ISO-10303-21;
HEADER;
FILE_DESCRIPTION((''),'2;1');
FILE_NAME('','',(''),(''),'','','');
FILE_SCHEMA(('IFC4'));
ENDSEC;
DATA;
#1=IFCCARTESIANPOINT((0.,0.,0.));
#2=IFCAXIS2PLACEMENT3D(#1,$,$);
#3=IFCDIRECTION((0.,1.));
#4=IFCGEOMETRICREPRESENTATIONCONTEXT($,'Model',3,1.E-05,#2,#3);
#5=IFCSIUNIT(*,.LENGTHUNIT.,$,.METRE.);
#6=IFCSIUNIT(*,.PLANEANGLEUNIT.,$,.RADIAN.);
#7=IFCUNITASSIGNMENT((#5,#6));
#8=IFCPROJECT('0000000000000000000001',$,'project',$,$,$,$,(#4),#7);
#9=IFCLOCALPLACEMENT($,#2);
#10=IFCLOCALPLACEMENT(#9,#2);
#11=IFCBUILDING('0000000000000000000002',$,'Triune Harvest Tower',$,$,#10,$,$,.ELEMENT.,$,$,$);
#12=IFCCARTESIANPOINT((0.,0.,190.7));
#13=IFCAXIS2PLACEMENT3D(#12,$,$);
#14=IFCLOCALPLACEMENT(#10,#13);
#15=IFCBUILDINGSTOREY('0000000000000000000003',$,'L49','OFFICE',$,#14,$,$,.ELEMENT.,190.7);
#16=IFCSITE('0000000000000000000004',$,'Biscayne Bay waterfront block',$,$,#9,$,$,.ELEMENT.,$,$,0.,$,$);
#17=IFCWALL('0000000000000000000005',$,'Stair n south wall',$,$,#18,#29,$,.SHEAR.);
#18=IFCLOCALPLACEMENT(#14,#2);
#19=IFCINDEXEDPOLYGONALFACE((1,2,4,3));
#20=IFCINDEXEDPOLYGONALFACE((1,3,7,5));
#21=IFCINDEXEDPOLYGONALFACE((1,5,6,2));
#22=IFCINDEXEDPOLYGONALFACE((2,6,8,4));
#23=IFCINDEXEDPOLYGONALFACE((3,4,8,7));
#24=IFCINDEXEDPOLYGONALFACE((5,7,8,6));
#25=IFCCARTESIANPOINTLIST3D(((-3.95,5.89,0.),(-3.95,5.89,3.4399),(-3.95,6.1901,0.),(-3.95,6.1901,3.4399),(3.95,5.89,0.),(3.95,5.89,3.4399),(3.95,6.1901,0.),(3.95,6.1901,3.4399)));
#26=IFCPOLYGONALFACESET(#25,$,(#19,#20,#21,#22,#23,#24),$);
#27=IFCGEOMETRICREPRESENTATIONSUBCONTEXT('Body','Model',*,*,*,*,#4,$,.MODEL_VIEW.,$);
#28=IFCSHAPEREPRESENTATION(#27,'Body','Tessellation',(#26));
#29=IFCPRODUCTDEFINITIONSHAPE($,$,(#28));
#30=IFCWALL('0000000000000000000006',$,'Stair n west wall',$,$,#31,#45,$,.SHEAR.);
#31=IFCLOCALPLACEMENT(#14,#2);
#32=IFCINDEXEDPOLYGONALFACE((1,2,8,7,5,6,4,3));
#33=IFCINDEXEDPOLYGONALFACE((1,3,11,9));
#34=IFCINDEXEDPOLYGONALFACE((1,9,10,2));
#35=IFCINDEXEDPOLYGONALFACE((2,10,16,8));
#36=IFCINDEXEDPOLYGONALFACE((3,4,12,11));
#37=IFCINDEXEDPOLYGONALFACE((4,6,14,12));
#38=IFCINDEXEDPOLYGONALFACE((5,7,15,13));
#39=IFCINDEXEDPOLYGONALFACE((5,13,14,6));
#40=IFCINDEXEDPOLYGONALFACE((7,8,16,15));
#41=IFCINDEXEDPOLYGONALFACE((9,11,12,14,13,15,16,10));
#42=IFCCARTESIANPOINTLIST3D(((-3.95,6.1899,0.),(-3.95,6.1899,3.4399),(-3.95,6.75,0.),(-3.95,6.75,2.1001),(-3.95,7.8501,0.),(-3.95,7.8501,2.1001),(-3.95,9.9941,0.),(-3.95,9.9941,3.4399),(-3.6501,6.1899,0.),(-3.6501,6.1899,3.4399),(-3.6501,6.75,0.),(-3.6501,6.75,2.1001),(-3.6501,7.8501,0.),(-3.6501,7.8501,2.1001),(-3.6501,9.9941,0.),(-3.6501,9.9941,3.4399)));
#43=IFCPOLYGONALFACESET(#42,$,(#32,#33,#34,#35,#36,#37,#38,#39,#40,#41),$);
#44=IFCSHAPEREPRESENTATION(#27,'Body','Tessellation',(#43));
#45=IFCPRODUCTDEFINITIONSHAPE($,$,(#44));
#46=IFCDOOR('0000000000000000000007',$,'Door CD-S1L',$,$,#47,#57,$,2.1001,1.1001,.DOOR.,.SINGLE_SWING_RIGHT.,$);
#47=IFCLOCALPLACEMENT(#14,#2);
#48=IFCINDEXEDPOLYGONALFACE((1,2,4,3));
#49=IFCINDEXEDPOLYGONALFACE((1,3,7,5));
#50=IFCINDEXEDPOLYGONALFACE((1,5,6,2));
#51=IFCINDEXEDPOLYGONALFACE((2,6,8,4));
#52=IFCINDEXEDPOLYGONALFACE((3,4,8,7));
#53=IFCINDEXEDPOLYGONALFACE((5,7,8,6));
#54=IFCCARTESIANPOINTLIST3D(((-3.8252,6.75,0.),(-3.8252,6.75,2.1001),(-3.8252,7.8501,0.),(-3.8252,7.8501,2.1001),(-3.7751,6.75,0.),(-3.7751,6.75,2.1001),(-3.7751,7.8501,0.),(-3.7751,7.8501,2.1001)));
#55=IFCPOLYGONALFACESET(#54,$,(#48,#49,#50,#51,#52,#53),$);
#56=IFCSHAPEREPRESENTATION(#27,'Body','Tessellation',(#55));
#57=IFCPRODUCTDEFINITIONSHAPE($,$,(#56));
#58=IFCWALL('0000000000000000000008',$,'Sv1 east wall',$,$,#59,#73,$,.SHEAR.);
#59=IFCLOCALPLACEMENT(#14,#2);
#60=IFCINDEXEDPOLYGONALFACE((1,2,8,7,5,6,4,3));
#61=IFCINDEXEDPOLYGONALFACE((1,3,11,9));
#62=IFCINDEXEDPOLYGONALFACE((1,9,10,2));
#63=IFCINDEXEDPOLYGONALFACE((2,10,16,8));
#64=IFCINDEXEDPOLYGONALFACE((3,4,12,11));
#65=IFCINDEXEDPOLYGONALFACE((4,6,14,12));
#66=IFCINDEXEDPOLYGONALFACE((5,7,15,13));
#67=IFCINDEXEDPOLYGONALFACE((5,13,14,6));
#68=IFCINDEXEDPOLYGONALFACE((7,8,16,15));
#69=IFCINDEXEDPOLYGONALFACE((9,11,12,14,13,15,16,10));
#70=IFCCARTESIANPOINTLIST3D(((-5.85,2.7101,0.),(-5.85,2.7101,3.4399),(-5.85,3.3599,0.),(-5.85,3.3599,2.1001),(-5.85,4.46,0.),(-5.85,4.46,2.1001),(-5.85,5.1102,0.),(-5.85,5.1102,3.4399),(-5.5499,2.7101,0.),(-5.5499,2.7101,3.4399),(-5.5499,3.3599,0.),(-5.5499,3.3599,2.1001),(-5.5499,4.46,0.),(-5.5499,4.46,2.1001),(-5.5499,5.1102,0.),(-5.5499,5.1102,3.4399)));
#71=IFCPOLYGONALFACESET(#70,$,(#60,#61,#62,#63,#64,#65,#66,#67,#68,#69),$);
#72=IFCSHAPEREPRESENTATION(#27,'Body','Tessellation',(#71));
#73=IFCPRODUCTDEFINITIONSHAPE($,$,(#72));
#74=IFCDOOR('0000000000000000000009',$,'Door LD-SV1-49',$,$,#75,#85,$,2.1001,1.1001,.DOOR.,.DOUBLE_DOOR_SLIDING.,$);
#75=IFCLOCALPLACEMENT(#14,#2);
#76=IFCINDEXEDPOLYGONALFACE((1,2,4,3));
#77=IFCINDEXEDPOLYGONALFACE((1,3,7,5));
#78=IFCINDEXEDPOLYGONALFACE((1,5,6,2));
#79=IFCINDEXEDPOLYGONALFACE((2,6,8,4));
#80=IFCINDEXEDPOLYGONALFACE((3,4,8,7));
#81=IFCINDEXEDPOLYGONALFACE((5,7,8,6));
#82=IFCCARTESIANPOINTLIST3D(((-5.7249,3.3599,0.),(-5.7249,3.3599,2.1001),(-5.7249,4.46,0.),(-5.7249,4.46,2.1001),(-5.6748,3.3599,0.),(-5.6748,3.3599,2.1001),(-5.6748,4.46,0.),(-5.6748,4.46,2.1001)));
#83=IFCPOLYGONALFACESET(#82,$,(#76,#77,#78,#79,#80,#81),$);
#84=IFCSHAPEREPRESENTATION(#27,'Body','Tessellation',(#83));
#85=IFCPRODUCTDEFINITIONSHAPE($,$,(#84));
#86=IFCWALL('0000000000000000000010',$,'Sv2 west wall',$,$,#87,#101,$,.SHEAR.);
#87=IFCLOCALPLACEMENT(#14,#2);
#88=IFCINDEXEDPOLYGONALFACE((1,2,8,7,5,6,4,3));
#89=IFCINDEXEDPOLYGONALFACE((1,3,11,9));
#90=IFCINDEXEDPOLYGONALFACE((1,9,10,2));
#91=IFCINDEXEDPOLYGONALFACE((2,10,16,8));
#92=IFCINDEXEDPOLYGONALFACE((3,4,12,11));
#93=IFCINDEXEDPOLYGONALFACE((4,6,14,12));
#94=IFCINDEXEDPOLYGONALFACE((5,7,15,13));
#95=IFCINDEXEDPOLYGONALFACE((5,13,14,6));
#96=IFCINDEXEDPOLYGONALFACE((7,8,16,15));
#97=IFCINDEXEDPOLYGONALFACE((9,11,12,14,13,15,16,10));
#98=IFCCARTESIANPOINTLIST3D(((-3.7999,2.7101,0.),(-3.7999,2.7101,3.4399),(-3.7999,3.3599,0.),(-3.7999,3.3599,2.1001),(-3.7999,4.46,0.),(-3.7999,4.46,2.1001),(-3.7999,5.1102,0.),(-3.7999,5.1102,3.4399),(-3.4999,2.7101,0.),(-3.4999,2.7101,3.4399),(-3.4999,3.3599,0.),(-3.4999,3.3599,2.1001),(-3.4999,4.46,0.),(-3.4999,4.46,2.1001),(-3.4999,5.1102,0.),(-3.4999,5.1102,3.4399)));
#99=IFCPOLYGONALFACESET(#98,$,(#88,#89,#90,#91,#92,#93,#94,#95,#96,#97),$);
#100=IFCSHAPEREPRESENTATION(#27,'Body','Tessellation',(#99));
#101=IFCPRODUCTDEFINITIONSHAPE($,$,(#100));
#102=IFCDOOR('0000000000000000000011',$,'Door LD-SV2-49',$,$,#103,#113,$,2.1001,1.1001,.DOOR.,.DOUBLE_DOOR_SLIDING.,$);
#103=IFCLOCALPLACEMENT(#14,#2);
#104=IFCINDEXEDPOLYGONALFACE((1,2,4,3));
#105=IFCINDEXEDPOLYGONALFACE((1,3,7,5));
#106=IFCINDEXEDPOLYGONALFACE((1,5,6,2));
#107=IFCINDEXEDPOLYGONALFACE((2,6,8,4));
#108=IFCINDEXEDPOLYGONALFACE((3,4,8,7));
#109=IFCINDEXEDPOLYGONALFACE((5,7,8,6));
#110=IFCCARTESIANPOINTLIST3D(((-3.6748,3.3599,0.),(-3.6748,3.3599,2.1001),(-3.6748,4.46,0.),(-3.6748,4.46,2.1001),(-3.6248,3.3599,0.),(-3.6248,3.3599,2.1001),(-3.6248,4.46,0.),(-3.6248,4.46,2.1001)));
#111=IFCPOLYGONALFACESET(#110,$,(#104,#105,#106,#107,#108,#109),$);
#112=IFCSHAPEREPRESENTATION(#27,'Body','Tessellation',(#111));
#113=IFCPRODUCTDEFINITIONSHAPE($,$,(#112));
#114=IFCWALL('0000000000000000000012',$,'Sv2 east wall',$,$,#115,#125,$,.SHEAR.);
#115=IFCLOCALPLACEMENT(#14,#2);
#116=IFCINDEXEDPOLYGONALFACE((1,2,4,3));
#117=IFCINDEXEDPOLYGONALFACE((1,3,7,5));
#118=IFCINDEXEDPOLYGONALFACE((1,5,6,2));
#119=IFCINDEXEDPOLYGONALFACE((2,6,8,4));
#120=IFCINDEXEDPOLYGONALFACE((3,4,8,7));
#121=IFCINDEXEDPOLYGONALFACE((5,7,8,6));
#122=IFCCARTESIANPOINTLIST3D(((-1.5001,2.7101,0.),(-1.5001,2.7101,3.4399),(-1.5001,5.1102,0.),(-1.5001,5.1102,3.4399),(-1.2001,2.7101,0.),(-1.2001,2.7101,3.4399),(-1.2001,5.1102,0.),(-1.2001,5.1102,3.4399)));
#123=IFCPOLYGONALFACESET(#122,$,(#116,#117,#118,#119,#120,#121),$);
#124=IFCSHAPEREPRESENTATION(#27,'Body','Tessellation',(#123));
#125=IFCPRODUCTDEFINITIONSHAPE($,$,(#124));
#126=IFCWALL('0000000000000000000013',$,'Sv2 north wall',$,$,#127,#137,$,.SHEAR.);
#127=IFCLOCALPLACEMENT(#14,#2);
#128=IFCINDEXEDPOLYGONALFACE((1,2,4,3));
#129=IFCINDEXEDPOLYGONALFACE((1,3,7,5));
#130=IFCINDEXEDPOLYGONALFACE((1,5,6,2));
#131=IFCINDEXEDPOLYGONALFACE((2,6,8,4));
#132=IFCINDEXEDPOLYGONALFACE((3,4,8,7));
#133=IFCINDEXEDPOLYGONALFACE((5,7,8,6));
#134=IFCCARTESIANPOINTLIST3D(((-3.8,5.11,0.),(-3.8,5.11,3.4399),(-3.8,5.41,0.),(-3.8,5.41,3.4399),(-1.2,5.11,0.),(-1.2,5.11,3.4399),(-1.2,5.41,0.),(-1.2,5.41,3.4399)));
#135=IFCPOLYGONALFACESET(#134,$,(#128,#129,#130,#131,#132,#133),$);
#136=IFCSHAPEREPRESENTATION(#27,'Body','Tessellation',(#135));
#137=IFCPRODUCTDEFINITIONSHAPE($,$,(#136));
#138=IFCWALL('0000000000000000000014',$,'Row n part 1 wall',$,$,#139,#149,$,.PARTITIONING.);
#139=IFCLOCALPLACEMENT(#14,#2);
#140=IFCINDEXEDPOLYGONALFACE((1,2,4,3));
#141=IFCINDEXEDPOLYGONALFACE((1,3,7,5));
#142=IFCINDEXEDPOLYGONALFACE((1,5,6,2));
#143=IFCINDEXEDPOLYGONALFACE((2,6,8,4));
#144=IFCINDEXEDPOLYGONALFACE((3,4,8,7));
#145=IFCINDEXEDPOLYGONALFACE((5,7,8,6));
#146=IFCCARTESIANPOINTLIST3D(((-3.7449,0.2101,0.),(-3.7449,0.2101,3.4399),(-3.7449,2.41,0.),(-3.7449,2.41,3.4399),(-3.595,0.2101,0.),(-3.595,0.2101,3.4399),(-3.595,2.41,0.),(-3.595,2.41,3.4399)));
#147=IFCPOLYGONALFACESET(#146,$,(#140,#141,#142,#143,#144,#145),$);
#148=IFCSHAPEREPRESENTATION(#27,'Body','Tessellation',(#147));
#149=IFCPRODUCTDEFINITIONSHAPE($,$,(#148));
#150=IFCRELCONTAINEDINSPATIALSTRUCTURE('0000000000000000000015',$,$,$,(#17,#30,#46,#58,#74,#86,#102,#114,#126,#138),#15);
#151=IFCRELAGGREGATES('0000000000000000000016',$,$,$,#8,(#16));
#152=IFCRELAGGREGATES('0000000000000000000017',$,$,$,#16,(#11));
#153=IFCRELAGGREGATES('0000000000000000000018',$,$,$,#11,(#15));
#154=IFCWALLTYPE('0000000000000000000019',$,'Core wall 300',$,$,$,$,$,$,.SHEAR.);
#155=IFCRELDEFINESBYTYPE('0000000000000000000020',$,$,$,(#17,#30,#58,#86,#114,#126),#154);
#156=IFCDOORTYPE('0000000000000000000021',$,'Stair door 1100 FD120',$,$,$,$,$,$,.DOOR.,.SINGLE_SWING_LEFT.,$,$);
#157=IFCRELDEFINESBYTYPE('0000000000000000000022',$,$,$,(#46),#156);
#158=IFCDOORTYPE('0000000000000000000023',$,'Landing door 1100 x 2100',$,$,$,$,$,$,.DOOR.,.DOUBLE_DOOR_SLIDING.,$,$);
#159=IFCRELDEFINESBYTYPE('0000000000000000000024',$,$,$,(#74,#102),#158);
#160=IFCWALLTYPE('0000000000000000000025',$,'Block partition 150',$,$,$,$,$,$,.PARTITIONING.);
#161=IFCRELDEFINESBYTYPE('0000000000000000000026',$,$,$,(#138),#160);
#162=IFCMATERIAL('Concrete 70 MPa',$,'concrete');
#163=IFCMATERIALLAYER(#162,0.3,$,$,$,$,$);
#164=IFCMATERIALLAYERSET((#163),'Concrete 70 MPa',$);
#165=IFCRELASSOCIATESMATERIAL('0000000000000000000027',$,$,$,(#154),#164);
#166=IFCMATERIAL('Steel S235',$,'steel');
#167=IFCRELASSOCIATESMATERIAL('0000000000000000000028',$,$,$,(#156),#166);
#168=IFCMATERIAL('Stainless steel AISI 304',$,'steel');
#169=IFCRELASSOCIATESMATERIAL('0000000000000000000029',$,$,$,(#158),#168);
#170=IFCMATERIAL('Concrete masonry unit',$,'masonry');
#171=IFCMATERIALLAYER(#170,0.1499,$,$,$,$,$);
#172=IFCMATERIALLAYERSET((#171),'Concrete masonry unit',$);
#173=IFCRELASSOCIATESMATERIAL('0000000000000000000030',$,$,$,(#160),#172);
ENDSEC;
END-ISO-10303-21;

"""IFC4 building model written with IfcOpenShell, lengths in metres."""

from ifc_helpers import new_model, si_unit, direction, frame, frame_2d, origin, place, context, subcontext, project, spatial, polyline, rectangle, outline, extrude, source, transform, mapped, material, layer, layer_set, type_object, element, fill, save


model = new_model("IFC4")

# Units and contexts
model_context = context("Model", 3, precision=1e-05, world=origin(), true_north=direction((0.0, 1.0)))
body_context = subcontext(model_context, "Body", "Model", "MODEL_VIEW")
ifc_project = project(units=[si_unit("LENGTHUNIT", "METRE"), si_unit("PLANEANGLEUNIT", "RADIAN")], contexts=[model_context])

# Site, building, storey
site_placement = place(None, origin())
site = spatial("IfcSite", under=ifc_project, at=site_placement, Name="Biscayne Bay waterfront block", CompositionType="ELEMENT", RefElevation=0.0)
building_placement = place(site_placement, origin())
building = spatial("IfcBuilding", under=site, at=building_placement, Name="Triune Harvest Tower", CompositionType="ELEMENT")
storey_placement = place(building_placement, frame((0.0, 0.0, 190.7)))
storey = spatial("IfcBuildingStorey", under=building, at=storey_placement, Name="L49", Description="OFFICE", CompositionType="ELEMENT", Elevation=190.7)

# Wall
ifc_material_1 = material(Name="Concrete 70 MPa", Category="concrete")
ifc_layer_1 = layer(ifc_material_1, 0.3)
ifc_layer_set_1 = layer_set([ifc_layer_1], Name="Concrete 70 MPa")
wall_type_1 = type_object("IfcWallType", Name="Core wall 300", PredefinedType="SHEAR", material=ifc_layer_set_1)
shared_shape_1 = source(origin(), body_context, "Body", "SweptSolid", [
    extrude(rectangle(XDim=7.8999, YDim=0.3, at=frame_2d((3.95, 0.0))), origin(), (0.0, 0.0, 1.0), 3.4399),
])
wall_1_placement = place(storey_placement, frame((-3.95, 6.04, 0.0), z_axis=(0.0, 0.0, 1.0), x_axis=(1.0, 0.0, 0.0)))
element("IfcWall", 1, at=wall_1_placement, inside=storey, type_object=wall_type_1, Name="Stair n south wall", PredefinedType="SHEAR", context=body_context, shape_type="MappedRepresentation", body=[
    mapped(shared_shape_1, transform((0.0, 0.0, 0.0), scale=1.0)),
])

# Walls, openings, doors
shared_shape_2 = source(origin(), body_context, "Body", "SweptSolid", [
    extrude(outline(polyline([(0.0, -0.1499), (0.0, 0.1499), (3.8042, 0.1499), (3.8042, -0.1499), (0.0, -0.1499)])), origin(), (0.0, 0.0, 1.0), 3.4399),
])
wall_2_placement = place(storey_placement, frame((-3.8, 6.1899, 0.0), z_axis=(0.0, 0.0, 1.0), x_axis=(0.0, 1.0, 0.0)))
wall_2 = element("IfcWall", 2, at=wall_2_placement, inside=storey, type_object=wall_type_1, Name="Stair n west wall", PredefinedType="SHEAR", context=body_context, shape_type="MappedRepresentation", body=[
    mapped(shared_shape_2, transform((0.0, 0.0, 0.0), scale=1.0)),
])
opening_1_placement = place(wall_2_placement, frame((0.5601, 0.0, 0.0)))
opening_1 = element("IfcOpeningElement", 3, at=opening_1_placement, cuts=wall_2, PredefinedType="OPENING", context=body_context, shape_type="SweptSolid", body=[
    extrude(rectangle(XDim=1.1001, YDim=2.1001, at=frame_2d((0.55, 1.05))), frame((0.0, 0.1602, 0.0), z_axis=(0.0, -1.0, 0.0), x_axis=(1.0, 0.0, 0.0)), (0.0, 0.0, 1.0), 0.3201),
])
ifc_material_2 = material(Name="Steel S235", Category="steel")
door_type_1 = type_object("IfcDoorType", Name="Stair door 1100 FD120", OperationType="SINGLE_SWING_LEFT", PredefinedType="DOOR", material=ifc_material_2)
door_1_placement = place(opening_1_placement, frame((1.1001, 0.0, 0.0), z_axis=(0.0, 0.0, 1.0), x_axis=(-1.0, 0.0, 0.0)))
door_1 = element("IfcDoor", 4, at=door_1_placement, inside=storey, type_object=door_type_1, Name="Door CD-S1L", OperationType="SINGLE_SWING_RIGHT", OverallHeight=2.1001, OverallWidth=1.1001, PredefinedType="DOOR", context=body_context, shape_type="SweptSolid", body=[
    extrude(rectangle(XDim=1.1001, YDim=2.1001, at=frame_2d((0.55, 1.05))), frame((0.0, 0.0249, 0.0), z_axis=(0.0, -1.0, 0.0), x_axis=(1.0, 0.0, 0.0)), (0.0, 0.0, 1.0), 0.05),
])
fill(opening_1, door_1)
shared_shape_3 = source(origin(), body_context, "Body", "SweptSolid", [
    extrude(rectangle(XDim=2.4001, YDim=0.3, at=frame_2d((1.2002, 0.0))), origin(), (0.0, 0.0, 1.0), 3.4399),
])
wall_3_placement = place(storey_placement, frame((-5.7, 2.71, 0.0), z_axis=(0.0, 0.0, 1.0), x_axis=(0.0, 1.0, 0.0)))
wall_3 = element("IfcWall", 5, at=wall_3_placement, inside=storey, type_object=wall_type_1, Name="Sv1 east wall", PredefinedType="SHEAR", context=body_context, shape_type="MappedRepresentation", body=[
    mapped(shared_shape_3, transform((0.0, 0.0, 0.0), scale=1.0)),
])
opening_2_placement = place(wall_3_placement, frame((0.6499, 0.0, 0.0)))
opening_2 = element("IfcOpeningElement", 6, at=opening_2_placement, cuts=wall_3, PredefinedType="OPENING", context=body_context, shape_type="SweptSolid", body=[
    extrude(rectangle(XDim=1.1001, YDim=2.1001, at=frame_2d((0.55, 1.05))), frame((0.0, 0.1602, 0.0), z_axis=(0.0, -1.0, 0.0), x_axis=(1.0, 0.0, 0.0)), (0.0, 0.0, 1.0), 0.3201),
])
ifc_material_3 = material(Name="Stainless steel AISI 304", Category="steel")
door_type_2 = type_object("IfcDoorType", Name="Landing door 1100 x 2100", OperationType="DOUBLE_DOOR_SLIDING", PredefinedType="DOOR", material=ifc_material_3)
door_2_placement = place(opening_2_placement, origin())
door_2 = element("IfcDoor", 7, at=door_2_placement, inside=storey, type_object=door_type_2, Name="Door LD-SV1-49", OperationType="DOUBLE_DOOR_SLIDING", OverallHeight=2.1001, OverallWidth=1.1001, PredefinedType="DOOR", context=body_context, shape_type="SweptSolid", body=[
    extrude(rectangle(XDim=1.1001, YDim=2.1001, at=frame_2d((0.55, 1.05))), frame((0.0, 0.0249, 0.0), z_axis=(0.0, -1.0, 0.0), x_axis=(1.0, 0.0, 0.0)), (0.0, 0.0, 1.0), 0.05),
])
fill(opening_2, door_2)
wall_4_placement = place(storey_placement, frame((-3.6499, 2.71, 0.0), z_axis=(0.0, 0.0, 1.0), x_axis=(0.0, 1.0, 0.0)))
wall_4 = element("IfcWall", 8, at=wall_4_placement, inside=storey, type_object=wall_type_1, Name="Sv2 west wall", PredefinedType="SHEAR", context=body_context, shape_type="MappedRepresentation", body=[
    mapped(shared_shape_3, transform((0.0, 0.0, 0.0), scale=1.0)),
])
opening_3_placement = place(wall_4_placement, frame((0.6499, 0.0, 0.0)))
opening_3 = element("IfcOpeningElement", 9, at=opening_3_placement, cuts=wall_4, PredefinedType="OPENING", context=body_context, shape_type="SweptSolid", body=[
    extrude(rectangle(XDim=1.1001, YDim=2.1001, at=frame_2d((0.55, 1.05))), frame((0.0, 0.1602, 0.0), z_axis=(0.0, -1.0, 0.0), x_axis=(1.0, 0.0, 0.0)), (0.0, 0.0, 1.0), 0.3201),
])
door_3_placement = place(opening_3_placement, origin())
door_3 = element("IfcDoor", 10, at=door_3_placement, inside=storey, type_object=door_type_2, Name="Door LD-SV2-49", OperationType="DOUBLE_DOOR_SLIDING", OverallHeight=2.1001, OverallWidth=1.1001, PredefinedType="DOOR", context=body_context, shape_type="SweptSolid", body=[
    extrude(rectangle(XDim=1.1001, YDim=2.1001, at=frame_2d((0.55, 1.05))), frame((0.0, 0.0249, 0.0), z_axis=(0.0, -1.0, 0.0), x_axis=(1.0, 0.0, 0.0)), (0.0, 0.0, 1.0), 0.05),
])
fill(opening_3, door_3)

# Walls
wall_5_placement = place(storey_placement, frame((-1.3501, 2.71, 0.0), z_axis=(0.0, 0.0, 1.0), x_axis=(0.0, 1.0, 0.0)))
element("IfcWall", 11, at=wall_5_placement, inside=storey, type_object=wall_type_1, Name="Sv2 east wall", PredefinedType="SHEAR", context=body_context, shape_type="MappedRepresentation", body=[
    mapped(shared_shape_3, transform((0.0, 0.0, 0.0), scale=1.0)),
])
shared_shape_4 = source(origin(), body_context, "Body", "SweptSolid", [
    extrude(rectangle(XDim=2.6001, YDim=0.3, at=frame_2d((1.3, 0.0))), origin(), (0.0, 0.0, 1.0), 3.4399),
])
wall_6_placement = place(storey_placement, frame((-3.8, 5.26, 0.0), z_axis=(0.0, 0.0, 1.0), x_axis=(1.0, 0.0, 0.0)))
element("IfcWall", 12, at=wall_6_placement, inside=storey, type_object=wall_type_1, Name="Sv2 north wall", PredefinedType="SHEAR", context=body_context, shape_type="MappedRepresentation", body=[
    mapped(shared_shape_4, transform((0.0, 0.0, 0.0), scale=1.0)),
])
ifc_material_4 = material(Name="Concrete masonry unit", Category="masonry")
ifc_layer_2 = layer(ifc_material_4, 0.1499)
ifc_layer_set_2 = layer_set([ifc_layer_2], Name="Concrete masonry unit")
wall_type_2 = type_object("IfcWallType", Name="Block partition 150", PredefinedType="PARTITIONING", material=ifc_layer_set_2)
shared_shape_5 = source(origin(), body_context, "Body", "SweptSolid", [
    extrude(rectangle(XDim=2.2, YDim=0.1499, at=frame_2d((1.1001, 0.0))), origin(), (0.0, 0.0, 1.0), 3.4399),
])
wall_7_placement = place(storey_placement, frame((-3.6699, 0.21, 0.0), z_axis=(0.0, 0.0, 1.0), x_axis=(0.0, 1.0, 0.0)))
element("IfcWall", 13, at=wall_7_placement, inside=storey, type_object=wall_type_2, Name="Row n part 1 wall", PredefinedType="PARTITIONING", context=body_context, shape_type="MappedRepresentation", body=[
    mapped(shared_shape_5, transform((0.0, 0.0, 0.0), scale=1.0)),
])

save(model, "model.ifc")
